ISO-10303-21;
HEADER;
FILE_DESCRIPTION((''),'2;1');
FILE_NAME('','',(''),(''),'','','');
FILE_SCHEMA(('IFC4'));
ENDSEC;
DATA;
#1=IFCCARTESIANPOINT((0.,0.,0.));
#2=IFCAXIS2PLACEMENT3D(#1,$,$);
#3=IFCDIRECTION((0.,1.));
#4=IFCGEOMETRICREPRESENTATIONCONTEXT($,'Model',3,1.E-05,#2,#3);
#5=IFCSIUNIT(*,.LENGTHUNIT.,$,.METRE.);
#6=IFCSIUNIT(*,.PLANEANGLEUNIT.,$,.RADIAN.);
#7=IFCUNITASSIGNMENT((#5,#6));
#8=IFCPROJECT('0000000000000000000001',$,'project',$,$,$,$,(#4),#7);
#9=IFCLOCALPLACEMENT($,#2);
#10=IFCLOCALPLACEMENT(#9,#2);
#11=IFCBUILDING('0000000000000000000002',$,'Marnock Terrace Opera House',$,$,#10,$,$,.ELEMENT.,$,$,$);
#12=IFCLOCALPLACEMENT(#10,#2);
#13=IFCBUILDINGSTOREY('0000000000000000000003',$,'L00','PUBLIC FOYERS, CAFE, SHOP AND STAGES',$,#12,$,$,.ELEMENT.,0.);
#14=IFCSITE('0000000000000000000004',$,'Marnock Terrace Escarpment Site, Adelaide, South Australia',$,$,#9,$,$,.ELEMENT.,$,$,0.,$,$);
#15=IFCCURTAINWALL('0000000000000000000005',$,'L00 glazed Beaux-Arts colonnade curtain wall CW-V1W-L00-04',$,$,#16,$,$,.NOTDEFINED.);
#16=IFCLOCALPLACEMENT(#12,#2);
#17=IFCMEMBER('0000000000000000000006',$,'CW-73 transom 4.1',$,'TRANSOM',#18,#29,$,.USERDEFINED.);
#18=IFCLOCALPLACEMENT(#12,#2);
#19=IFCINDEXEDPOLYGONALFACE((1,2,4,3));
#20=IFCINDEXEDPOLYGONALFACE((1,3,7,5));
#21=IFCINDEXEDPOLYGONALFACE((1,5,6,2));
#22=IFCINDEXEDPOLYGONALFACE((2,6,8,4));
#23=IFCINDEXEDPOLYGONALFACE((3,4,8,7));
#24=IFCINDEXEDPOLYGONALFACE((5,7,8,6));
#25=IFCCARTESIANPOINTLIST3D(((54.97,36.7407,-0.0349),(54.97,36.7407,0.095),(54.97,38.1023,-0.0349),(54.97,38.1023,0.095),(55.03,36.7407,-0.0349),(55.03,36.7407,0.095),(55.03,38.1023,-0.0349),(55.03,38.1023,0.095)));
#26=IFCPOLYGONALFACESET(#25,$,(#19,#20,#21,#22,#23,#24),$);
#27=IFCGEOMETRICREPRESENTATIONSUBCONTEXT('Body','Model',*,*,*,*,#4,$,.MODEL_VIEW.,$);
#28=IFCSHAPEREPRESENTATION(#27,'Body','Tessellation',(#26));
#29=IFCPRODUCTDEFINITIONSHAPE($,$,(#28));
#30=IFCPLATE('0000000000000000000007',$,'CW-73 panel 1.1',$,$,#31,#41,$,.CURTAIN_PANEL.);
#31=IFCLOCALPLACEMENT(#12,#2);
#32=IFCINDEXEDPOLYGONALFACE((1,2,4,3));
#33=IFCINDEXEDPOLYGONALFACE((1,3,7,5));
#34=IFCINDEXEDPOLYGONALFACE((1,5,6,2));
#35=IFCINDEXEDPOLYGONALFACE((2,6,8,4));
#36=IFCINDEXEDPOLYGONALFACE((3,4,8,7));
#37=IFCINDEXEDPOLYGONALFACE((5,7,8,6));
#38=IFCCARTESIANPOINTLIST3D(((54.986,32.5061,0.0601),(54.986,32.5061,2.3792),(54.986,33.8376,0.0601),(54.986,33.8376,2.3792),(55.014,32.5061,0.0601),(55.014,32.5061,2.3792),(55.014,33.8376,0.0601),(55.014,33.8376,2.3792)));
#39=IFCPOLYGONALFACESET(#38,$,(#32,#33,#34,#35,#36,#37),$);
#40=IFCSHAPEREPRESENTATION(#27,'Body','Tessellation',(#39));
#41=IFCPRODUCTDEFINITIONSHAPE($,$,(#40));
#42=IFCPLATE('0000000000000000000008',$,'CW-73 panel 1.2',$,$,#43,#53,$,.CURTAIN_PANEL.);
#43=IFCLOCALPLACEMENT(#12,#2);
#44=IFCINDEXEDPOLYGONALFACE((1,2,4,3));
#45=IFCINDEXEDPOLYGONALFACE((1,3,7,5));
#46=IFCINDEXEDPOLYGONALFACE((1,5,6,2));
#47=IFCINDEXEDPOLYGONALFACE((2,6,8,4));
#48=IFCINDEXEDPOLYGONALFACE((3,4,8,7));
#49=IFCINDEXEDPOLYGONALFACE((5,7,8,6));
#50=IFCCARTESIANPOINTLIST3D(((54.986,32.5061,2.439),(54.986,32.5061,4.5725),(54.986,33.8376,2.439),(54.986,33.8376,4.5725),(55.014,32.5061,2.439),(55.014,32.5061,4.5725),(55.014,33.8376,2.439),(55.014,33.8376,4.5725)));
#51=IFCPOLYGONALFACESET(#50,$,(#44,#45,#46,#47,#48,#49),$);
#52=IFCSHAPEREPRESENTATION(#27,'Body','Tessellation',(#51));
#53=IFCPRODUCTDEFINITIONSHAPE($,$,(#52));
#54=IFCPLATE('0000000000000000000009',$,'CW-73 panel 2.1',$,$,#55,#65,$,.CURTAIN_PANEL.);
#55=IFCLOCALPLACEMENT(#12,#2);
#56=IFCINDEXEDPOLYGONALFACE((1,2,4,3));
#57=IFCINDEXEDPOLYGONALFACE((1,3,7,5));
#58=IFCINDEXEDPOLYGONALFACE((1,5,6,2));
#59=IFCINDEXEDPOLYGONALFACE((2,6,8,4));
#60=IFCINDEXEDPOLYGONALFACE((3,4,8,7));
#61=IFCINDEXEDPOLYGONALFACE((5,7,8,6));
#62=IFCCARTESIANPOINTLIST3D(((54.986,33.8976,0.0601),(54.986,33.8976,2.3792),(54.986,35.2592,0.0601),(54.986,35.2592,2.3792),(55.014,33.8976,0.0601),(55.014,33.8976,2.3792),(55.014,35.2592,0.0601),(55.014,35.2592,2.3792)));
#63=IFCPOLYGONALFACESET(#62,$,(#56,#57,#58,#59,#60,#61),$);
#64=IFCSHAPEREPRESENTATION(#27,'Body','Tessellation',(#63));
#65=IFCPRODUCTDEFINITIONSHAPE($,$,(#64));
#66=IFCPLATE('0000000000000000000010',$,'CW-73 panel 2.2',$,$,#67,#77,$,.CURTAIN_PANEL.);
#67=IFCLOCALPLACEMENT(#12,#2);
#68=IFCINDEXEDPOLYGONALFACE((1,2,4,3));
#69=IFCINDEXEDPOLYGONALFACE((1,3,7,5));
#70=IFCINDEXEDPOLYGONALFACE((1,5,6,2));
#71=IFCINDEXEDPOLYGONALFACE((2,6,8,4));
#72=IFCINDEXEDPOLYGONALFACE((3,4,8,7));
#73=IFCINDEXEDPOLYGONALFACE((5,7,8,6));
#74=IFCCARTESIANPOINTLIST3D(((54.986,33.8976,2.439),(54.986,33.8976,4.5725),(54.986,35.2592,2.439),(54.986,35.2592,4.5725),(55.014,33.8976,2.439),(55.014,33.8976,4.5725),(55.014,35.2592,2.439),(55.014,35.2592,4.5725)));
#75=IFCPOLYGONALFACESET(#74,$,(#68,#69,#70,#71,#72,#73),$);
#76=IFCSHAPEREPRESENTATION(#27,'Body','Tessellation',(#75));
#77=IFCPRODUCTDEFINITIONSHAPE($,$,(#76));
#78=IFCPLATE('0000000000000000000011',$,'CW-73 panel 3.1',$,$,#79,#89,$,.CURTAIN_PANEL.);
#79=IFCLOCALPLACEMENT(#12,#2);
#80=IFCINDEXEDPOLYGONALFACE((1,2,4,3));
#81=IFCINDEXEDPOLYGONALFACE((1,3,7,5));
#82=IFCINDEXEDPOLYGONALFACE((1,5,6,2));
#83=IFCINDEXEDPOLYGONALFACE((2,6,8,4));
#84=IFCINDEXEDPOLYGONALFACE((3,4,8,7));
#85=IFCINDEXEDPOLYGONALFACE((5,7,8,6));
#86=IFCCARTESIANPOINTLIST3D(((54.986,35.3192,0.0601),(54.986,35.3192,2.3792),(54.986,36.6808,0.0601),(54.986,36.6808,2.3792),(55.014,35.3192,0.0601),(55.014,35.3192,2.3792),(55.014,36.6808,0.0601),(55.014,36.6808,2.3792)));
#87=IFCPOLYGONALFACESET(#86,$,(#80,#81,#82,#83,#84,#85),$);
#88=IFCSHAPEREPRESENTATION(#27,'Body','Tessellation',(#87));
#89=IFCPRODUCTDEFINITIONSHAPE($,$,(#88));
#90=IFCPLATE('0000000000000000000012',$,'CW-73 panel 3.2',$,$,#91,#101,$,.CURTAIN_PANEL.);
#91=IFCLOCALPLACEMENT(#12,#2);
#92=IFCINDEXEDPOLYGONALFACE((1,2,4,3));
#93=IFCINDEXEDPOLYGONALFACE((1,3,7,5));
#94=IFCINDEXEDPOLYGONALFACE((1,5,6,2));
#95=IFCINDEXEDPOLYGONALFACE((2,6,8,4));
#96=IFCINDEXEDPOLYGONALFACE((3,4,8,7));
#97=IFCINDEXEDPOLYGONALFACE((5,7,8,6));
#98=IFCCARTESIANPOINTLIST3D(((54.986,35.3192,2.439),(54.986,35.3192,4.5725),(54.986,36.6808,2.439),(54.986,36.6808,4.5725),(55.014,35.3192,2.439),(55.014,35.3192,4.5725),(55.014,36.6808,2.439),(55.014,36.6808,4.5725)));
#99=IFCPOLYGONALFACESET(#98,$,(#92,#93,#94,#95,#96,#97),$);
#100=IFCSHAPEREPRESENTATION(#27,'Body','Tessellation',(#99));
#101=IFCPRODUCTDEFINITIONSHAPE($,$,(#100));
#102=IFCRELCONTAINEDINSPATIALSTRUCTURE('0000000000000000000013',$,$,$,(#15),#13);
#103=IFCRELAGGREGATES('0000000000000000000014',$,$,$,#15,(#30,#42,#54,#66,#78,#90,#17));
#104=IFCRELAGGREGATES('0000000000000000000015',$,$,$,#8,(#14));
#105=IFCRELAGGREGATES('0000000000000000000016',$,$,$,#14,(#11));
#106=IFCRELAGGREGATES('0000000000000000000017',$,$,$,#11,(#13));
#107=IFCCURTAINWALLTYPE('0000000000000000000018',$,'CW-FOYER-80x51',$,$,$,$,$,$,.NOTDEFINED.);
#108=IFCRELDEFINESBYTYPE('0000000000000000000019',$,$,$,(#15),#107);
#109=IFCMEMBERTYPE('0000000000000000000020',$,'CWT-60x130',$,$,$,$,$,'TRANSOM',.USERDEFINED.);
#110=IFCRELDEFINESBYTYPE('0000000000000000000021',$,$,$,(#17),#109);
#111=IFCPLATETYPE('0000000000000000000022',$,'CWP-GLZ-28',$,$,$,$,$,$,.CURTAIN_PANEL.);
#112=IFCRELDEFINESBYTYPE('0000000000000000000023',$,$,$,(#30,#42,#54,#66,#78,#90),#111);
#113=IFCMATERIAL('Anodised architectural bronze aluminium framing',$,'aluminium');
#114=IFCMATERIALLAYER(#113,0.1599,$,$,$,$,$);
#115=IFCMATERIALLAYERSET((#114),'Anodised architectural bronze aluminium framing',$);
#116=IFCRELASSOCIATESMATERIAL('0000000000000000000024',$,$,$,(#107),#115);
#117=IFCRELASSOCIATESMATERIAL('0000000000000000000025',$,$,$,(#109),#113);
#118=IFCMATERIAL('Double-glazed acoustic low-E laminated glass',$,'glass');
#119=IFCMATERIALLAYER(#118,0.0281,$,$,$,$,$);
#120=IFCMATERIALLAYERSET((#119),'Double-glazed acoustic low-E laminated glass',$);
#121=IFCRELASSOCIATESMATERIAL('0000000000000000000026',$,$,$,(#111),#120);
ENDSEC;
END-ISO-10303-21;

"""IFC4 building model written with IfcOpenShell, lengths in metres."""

from ifc_helpers import new_model, si_unit, direction, frame, origin, origin_2d, place, context, subcontext, project, spatial, rectangle, extrude, material, layer, layer_set, material_profile, profile_set, type_object, element, aggregate, save


model = new_model("IFC4")

# Units and contexts
model_context = context("Model", 3, precision=1e-05, world=origin(), true_north=direction((0.0, 1.0)))
body_context = subcontext(model_context, "Body", "Model", "MODEL_VIEW")
ifc_project = project(units=[si_unit("LENGTHUNIT", "METRE"), si_unit("PLANEANGLEUNIT", "RADIAN")], contexts=[model_context])

# Site, building, storey
site_placement = place(None, origin())
site = spatial("IfcSite", under=ifc_project, at=site_placement, Name="Marnock Terrace Escarpment Site, Adelaide, South Australia", CompositionType="ELEMENT", RefElevation=0.0)
building_placement = place(site_placement, origin())
building = spatial("IfcBuilding", under=site, at=building_placement, Name="Marnock Terrace Opera House", CompositionType="ELEMENT")
storey_placement = place(building_placement, origin())
storey = spatial("IfcBuildingStorey", under=building, at=storey_placement, Name="L00", Description="PUBLIC FOYERS, CAFE, SHOP AND STAGES", CompositionType="ELEMENT", Elevation=0.0)

# Curtain wall, member, plates
ifc_material_1 = material(Name="Anodised architectural bronze aluminium framing", Category="aluminium")
ifc_layer_1 = layer(ifc_material_1, 0.1599)
ifc_layer_set_1 = layer_set([ifc_layer_1], Name="Anodised architectural bronze aluminium framing")
curtain_wall_type = type_object("IfcCurtainWallType", Name="CW-FOYER-80x51", PredefinedType="NOTDEFINED", material=ifc_layer_set_1)
curtain_wall_placement = place(storey_placement, origin())
curtain_wall = element("IfcCurtainWall", 1, at=curtain_wall_placement, inside=storey, type_object=curtain_wall_type, Name="L00 glazed Beaux-Arts colonnade curtain wall CW-V1W-L00-04", PredefinedType="NOTDEFINED")
ifc_material_profile_1 = material_profile(ifc_material_1, rectangle(XDim=0.0601, YDim=0.1299, at=origin_2d()))
ifc_profile_set_1 = profile_set([ifc_material_profile_1], Name="Anodised architectural bronze aluminium framing")
member_type_1 = type_object("IfcMemberType", Name="CWT-60x130", ElementType="TRANSOM", PredefinedType="USERDEFINED", material=ifc_profile_set_1)
member_1_placement = place(storey_placement, frame((55.0, 36.7407, 0.03), z_axis=(0.0, 1.0, 0.0), x_axis=(-1.0, 0.0, 0.0)))
member_1 = element("IfcMember", 2, at=member_1_placement, type_object=member_type_1, Name="CW-73 transom 4.1", ObjectType="TRANSOM", PredefinedType="USERDEFINED", context=body_context, shape_type="SweptSolid", body=[
    extrude(rectangle(XDim=0.0601, YDim=0.1299, at=origin_2d()), origin(), (0.0, 0.0, 1.0), 1.3616),
])
ifc_material_2 = material(Name="Double-glazed acoustic low-E laminated glass", Category="glass")
ifc_layer_2 = layer(ifc_material_2, 0.0281)
ifc_layer_set_2 = layer_set([ifc_layer_2], Name="Double-glazed acoustic low-E laminated glass")
plate_type = type_object("IfcPlateType", Name="CWP-GLZ-28", PredefinedType="CURTAIN_PANEL", material=ifc_layer_set_2)
plate_1_placement = place(storey_placement, frame((55.0, 33.1719, 0.0601), z_axis=(0.0, 0.0, 1.0), x_axis=(0.0, 1.0, 0.0)))
plate_1 = element("IfcPlate", 3, at=plate_1_placement, type_object=plate_type, Name="CW-73 panel 1.1", PredefinedType="CURTAIN_PANEL", context=body_context, shape_type="SweptSolid", body=[
    extrude(rectangle(XDim=1.3315, YDim=0.0281, at=origin_2d()), origin(), (0.0, 0.0, 1.0), 2.3191),
])
plate_2_placement = place(storey_placement, frame((55.0, 33.1719, 2.439), z_axis=(0.0, 0.0, 1.0), x_axis=(0.0, 1.0, 0.0)))
plate_2 = element("IfcPlate", 4, at=plate_2_placement, type_object=plate_type, Name="CW-73 panel 1.2", PredefinedType="CURTAIN_PANEL", context=body_context, shape_type="SweptSolid", body=[
    extrude(rectangle(XDim=1.3315, YDim=0.0281, at=origin_2d()), origin(), (0.0, 0.0, 1.0), 2.1335),
])
plate_3_placement = place(storey_placement, frame((55.0, 34.5784, 0.0601), z_axis=(0.0, 0.0, 1.0), x_axis=(0.0, 1.0, 0.0)))
plate_3 = element("IfcPlate", 5, at=plate_3_placement, type_object=plate_type, Name="CW-73 panel 2.1", PredefinedType="CURTAIN_PANEL", context=body_context, shape_type="SweptSolid", body=[
    extrude(rectangle(XDim=1.3616, YDim=0.0281, at=origin_2d()), origin(), (0.0, 0.0, 1.0), 2.3191),
])
plate_4_placement = place(storey_placement, frame((55.0, 34.5784, 2.439), z_axis=(0.0, 0.0, 1.0), x_axis=(0.0, 1.0, 0.0)))
plate_4 = element("IfcPlate", 6, at=plate_4_placement, type_object=plate_type, Name="CW-73 panel 2.2", PredefinedType="CURTAIN_PANEL", context=body_context, shape_type="SweptSolid", body=[
    extrude(rectangle(XDim=1.3616, YDim=0.0281, at=origin_2d()), origin(), (0.0, 0.0, 1.0), 2.1335),
])
plate_5_placement = place(storey_placement, frame((55.0, 36.0, 0.0601), z_axis=(0.0, 0.0, 1.0), x_axis=(0.0, 1.0, 0.0)))
plate_5 = element("IfcPlate", 7, at=plate_5_placement, type_object=plate_type, Name="CW-73 panel 3.1", PredefinedType="CURTAIN_PANEL", context=body_context, shape_type="SweptSolid", body=[
    extrude(rectangle(XDim=1.3616, YDim=0.0281, at=origin_2d()), origin(), (0.0, 0.0, 1.0), 2.3191),
])
plate_6_placement = place(storey_placement, frame((55.0, 36.0, 2.439), z_axis=(0.0, 0.0, 1.0), x_axis=(0.0, 1.0, 0.0)))
plate_6 = element("IfcPlate", 8, at=plate_6_placement, type_object=plate_type, Name="CW-73 panel 3.2", PredefinedType="CURTAIN_PANEL", context=body_context, shape_type="SweptSolid", body=[
    extrude(rectangle(XDim=1.3616, YDim=0.0281, at=origin_2d()), origin(), (0.0, 0.0, 1.0), 2.1335),
])
aggregate(curtain_wall, [plate_1, plate_2, plate_3, plate_4, plate_5, plate_6, member_1])

save(model, "model.ifc")
